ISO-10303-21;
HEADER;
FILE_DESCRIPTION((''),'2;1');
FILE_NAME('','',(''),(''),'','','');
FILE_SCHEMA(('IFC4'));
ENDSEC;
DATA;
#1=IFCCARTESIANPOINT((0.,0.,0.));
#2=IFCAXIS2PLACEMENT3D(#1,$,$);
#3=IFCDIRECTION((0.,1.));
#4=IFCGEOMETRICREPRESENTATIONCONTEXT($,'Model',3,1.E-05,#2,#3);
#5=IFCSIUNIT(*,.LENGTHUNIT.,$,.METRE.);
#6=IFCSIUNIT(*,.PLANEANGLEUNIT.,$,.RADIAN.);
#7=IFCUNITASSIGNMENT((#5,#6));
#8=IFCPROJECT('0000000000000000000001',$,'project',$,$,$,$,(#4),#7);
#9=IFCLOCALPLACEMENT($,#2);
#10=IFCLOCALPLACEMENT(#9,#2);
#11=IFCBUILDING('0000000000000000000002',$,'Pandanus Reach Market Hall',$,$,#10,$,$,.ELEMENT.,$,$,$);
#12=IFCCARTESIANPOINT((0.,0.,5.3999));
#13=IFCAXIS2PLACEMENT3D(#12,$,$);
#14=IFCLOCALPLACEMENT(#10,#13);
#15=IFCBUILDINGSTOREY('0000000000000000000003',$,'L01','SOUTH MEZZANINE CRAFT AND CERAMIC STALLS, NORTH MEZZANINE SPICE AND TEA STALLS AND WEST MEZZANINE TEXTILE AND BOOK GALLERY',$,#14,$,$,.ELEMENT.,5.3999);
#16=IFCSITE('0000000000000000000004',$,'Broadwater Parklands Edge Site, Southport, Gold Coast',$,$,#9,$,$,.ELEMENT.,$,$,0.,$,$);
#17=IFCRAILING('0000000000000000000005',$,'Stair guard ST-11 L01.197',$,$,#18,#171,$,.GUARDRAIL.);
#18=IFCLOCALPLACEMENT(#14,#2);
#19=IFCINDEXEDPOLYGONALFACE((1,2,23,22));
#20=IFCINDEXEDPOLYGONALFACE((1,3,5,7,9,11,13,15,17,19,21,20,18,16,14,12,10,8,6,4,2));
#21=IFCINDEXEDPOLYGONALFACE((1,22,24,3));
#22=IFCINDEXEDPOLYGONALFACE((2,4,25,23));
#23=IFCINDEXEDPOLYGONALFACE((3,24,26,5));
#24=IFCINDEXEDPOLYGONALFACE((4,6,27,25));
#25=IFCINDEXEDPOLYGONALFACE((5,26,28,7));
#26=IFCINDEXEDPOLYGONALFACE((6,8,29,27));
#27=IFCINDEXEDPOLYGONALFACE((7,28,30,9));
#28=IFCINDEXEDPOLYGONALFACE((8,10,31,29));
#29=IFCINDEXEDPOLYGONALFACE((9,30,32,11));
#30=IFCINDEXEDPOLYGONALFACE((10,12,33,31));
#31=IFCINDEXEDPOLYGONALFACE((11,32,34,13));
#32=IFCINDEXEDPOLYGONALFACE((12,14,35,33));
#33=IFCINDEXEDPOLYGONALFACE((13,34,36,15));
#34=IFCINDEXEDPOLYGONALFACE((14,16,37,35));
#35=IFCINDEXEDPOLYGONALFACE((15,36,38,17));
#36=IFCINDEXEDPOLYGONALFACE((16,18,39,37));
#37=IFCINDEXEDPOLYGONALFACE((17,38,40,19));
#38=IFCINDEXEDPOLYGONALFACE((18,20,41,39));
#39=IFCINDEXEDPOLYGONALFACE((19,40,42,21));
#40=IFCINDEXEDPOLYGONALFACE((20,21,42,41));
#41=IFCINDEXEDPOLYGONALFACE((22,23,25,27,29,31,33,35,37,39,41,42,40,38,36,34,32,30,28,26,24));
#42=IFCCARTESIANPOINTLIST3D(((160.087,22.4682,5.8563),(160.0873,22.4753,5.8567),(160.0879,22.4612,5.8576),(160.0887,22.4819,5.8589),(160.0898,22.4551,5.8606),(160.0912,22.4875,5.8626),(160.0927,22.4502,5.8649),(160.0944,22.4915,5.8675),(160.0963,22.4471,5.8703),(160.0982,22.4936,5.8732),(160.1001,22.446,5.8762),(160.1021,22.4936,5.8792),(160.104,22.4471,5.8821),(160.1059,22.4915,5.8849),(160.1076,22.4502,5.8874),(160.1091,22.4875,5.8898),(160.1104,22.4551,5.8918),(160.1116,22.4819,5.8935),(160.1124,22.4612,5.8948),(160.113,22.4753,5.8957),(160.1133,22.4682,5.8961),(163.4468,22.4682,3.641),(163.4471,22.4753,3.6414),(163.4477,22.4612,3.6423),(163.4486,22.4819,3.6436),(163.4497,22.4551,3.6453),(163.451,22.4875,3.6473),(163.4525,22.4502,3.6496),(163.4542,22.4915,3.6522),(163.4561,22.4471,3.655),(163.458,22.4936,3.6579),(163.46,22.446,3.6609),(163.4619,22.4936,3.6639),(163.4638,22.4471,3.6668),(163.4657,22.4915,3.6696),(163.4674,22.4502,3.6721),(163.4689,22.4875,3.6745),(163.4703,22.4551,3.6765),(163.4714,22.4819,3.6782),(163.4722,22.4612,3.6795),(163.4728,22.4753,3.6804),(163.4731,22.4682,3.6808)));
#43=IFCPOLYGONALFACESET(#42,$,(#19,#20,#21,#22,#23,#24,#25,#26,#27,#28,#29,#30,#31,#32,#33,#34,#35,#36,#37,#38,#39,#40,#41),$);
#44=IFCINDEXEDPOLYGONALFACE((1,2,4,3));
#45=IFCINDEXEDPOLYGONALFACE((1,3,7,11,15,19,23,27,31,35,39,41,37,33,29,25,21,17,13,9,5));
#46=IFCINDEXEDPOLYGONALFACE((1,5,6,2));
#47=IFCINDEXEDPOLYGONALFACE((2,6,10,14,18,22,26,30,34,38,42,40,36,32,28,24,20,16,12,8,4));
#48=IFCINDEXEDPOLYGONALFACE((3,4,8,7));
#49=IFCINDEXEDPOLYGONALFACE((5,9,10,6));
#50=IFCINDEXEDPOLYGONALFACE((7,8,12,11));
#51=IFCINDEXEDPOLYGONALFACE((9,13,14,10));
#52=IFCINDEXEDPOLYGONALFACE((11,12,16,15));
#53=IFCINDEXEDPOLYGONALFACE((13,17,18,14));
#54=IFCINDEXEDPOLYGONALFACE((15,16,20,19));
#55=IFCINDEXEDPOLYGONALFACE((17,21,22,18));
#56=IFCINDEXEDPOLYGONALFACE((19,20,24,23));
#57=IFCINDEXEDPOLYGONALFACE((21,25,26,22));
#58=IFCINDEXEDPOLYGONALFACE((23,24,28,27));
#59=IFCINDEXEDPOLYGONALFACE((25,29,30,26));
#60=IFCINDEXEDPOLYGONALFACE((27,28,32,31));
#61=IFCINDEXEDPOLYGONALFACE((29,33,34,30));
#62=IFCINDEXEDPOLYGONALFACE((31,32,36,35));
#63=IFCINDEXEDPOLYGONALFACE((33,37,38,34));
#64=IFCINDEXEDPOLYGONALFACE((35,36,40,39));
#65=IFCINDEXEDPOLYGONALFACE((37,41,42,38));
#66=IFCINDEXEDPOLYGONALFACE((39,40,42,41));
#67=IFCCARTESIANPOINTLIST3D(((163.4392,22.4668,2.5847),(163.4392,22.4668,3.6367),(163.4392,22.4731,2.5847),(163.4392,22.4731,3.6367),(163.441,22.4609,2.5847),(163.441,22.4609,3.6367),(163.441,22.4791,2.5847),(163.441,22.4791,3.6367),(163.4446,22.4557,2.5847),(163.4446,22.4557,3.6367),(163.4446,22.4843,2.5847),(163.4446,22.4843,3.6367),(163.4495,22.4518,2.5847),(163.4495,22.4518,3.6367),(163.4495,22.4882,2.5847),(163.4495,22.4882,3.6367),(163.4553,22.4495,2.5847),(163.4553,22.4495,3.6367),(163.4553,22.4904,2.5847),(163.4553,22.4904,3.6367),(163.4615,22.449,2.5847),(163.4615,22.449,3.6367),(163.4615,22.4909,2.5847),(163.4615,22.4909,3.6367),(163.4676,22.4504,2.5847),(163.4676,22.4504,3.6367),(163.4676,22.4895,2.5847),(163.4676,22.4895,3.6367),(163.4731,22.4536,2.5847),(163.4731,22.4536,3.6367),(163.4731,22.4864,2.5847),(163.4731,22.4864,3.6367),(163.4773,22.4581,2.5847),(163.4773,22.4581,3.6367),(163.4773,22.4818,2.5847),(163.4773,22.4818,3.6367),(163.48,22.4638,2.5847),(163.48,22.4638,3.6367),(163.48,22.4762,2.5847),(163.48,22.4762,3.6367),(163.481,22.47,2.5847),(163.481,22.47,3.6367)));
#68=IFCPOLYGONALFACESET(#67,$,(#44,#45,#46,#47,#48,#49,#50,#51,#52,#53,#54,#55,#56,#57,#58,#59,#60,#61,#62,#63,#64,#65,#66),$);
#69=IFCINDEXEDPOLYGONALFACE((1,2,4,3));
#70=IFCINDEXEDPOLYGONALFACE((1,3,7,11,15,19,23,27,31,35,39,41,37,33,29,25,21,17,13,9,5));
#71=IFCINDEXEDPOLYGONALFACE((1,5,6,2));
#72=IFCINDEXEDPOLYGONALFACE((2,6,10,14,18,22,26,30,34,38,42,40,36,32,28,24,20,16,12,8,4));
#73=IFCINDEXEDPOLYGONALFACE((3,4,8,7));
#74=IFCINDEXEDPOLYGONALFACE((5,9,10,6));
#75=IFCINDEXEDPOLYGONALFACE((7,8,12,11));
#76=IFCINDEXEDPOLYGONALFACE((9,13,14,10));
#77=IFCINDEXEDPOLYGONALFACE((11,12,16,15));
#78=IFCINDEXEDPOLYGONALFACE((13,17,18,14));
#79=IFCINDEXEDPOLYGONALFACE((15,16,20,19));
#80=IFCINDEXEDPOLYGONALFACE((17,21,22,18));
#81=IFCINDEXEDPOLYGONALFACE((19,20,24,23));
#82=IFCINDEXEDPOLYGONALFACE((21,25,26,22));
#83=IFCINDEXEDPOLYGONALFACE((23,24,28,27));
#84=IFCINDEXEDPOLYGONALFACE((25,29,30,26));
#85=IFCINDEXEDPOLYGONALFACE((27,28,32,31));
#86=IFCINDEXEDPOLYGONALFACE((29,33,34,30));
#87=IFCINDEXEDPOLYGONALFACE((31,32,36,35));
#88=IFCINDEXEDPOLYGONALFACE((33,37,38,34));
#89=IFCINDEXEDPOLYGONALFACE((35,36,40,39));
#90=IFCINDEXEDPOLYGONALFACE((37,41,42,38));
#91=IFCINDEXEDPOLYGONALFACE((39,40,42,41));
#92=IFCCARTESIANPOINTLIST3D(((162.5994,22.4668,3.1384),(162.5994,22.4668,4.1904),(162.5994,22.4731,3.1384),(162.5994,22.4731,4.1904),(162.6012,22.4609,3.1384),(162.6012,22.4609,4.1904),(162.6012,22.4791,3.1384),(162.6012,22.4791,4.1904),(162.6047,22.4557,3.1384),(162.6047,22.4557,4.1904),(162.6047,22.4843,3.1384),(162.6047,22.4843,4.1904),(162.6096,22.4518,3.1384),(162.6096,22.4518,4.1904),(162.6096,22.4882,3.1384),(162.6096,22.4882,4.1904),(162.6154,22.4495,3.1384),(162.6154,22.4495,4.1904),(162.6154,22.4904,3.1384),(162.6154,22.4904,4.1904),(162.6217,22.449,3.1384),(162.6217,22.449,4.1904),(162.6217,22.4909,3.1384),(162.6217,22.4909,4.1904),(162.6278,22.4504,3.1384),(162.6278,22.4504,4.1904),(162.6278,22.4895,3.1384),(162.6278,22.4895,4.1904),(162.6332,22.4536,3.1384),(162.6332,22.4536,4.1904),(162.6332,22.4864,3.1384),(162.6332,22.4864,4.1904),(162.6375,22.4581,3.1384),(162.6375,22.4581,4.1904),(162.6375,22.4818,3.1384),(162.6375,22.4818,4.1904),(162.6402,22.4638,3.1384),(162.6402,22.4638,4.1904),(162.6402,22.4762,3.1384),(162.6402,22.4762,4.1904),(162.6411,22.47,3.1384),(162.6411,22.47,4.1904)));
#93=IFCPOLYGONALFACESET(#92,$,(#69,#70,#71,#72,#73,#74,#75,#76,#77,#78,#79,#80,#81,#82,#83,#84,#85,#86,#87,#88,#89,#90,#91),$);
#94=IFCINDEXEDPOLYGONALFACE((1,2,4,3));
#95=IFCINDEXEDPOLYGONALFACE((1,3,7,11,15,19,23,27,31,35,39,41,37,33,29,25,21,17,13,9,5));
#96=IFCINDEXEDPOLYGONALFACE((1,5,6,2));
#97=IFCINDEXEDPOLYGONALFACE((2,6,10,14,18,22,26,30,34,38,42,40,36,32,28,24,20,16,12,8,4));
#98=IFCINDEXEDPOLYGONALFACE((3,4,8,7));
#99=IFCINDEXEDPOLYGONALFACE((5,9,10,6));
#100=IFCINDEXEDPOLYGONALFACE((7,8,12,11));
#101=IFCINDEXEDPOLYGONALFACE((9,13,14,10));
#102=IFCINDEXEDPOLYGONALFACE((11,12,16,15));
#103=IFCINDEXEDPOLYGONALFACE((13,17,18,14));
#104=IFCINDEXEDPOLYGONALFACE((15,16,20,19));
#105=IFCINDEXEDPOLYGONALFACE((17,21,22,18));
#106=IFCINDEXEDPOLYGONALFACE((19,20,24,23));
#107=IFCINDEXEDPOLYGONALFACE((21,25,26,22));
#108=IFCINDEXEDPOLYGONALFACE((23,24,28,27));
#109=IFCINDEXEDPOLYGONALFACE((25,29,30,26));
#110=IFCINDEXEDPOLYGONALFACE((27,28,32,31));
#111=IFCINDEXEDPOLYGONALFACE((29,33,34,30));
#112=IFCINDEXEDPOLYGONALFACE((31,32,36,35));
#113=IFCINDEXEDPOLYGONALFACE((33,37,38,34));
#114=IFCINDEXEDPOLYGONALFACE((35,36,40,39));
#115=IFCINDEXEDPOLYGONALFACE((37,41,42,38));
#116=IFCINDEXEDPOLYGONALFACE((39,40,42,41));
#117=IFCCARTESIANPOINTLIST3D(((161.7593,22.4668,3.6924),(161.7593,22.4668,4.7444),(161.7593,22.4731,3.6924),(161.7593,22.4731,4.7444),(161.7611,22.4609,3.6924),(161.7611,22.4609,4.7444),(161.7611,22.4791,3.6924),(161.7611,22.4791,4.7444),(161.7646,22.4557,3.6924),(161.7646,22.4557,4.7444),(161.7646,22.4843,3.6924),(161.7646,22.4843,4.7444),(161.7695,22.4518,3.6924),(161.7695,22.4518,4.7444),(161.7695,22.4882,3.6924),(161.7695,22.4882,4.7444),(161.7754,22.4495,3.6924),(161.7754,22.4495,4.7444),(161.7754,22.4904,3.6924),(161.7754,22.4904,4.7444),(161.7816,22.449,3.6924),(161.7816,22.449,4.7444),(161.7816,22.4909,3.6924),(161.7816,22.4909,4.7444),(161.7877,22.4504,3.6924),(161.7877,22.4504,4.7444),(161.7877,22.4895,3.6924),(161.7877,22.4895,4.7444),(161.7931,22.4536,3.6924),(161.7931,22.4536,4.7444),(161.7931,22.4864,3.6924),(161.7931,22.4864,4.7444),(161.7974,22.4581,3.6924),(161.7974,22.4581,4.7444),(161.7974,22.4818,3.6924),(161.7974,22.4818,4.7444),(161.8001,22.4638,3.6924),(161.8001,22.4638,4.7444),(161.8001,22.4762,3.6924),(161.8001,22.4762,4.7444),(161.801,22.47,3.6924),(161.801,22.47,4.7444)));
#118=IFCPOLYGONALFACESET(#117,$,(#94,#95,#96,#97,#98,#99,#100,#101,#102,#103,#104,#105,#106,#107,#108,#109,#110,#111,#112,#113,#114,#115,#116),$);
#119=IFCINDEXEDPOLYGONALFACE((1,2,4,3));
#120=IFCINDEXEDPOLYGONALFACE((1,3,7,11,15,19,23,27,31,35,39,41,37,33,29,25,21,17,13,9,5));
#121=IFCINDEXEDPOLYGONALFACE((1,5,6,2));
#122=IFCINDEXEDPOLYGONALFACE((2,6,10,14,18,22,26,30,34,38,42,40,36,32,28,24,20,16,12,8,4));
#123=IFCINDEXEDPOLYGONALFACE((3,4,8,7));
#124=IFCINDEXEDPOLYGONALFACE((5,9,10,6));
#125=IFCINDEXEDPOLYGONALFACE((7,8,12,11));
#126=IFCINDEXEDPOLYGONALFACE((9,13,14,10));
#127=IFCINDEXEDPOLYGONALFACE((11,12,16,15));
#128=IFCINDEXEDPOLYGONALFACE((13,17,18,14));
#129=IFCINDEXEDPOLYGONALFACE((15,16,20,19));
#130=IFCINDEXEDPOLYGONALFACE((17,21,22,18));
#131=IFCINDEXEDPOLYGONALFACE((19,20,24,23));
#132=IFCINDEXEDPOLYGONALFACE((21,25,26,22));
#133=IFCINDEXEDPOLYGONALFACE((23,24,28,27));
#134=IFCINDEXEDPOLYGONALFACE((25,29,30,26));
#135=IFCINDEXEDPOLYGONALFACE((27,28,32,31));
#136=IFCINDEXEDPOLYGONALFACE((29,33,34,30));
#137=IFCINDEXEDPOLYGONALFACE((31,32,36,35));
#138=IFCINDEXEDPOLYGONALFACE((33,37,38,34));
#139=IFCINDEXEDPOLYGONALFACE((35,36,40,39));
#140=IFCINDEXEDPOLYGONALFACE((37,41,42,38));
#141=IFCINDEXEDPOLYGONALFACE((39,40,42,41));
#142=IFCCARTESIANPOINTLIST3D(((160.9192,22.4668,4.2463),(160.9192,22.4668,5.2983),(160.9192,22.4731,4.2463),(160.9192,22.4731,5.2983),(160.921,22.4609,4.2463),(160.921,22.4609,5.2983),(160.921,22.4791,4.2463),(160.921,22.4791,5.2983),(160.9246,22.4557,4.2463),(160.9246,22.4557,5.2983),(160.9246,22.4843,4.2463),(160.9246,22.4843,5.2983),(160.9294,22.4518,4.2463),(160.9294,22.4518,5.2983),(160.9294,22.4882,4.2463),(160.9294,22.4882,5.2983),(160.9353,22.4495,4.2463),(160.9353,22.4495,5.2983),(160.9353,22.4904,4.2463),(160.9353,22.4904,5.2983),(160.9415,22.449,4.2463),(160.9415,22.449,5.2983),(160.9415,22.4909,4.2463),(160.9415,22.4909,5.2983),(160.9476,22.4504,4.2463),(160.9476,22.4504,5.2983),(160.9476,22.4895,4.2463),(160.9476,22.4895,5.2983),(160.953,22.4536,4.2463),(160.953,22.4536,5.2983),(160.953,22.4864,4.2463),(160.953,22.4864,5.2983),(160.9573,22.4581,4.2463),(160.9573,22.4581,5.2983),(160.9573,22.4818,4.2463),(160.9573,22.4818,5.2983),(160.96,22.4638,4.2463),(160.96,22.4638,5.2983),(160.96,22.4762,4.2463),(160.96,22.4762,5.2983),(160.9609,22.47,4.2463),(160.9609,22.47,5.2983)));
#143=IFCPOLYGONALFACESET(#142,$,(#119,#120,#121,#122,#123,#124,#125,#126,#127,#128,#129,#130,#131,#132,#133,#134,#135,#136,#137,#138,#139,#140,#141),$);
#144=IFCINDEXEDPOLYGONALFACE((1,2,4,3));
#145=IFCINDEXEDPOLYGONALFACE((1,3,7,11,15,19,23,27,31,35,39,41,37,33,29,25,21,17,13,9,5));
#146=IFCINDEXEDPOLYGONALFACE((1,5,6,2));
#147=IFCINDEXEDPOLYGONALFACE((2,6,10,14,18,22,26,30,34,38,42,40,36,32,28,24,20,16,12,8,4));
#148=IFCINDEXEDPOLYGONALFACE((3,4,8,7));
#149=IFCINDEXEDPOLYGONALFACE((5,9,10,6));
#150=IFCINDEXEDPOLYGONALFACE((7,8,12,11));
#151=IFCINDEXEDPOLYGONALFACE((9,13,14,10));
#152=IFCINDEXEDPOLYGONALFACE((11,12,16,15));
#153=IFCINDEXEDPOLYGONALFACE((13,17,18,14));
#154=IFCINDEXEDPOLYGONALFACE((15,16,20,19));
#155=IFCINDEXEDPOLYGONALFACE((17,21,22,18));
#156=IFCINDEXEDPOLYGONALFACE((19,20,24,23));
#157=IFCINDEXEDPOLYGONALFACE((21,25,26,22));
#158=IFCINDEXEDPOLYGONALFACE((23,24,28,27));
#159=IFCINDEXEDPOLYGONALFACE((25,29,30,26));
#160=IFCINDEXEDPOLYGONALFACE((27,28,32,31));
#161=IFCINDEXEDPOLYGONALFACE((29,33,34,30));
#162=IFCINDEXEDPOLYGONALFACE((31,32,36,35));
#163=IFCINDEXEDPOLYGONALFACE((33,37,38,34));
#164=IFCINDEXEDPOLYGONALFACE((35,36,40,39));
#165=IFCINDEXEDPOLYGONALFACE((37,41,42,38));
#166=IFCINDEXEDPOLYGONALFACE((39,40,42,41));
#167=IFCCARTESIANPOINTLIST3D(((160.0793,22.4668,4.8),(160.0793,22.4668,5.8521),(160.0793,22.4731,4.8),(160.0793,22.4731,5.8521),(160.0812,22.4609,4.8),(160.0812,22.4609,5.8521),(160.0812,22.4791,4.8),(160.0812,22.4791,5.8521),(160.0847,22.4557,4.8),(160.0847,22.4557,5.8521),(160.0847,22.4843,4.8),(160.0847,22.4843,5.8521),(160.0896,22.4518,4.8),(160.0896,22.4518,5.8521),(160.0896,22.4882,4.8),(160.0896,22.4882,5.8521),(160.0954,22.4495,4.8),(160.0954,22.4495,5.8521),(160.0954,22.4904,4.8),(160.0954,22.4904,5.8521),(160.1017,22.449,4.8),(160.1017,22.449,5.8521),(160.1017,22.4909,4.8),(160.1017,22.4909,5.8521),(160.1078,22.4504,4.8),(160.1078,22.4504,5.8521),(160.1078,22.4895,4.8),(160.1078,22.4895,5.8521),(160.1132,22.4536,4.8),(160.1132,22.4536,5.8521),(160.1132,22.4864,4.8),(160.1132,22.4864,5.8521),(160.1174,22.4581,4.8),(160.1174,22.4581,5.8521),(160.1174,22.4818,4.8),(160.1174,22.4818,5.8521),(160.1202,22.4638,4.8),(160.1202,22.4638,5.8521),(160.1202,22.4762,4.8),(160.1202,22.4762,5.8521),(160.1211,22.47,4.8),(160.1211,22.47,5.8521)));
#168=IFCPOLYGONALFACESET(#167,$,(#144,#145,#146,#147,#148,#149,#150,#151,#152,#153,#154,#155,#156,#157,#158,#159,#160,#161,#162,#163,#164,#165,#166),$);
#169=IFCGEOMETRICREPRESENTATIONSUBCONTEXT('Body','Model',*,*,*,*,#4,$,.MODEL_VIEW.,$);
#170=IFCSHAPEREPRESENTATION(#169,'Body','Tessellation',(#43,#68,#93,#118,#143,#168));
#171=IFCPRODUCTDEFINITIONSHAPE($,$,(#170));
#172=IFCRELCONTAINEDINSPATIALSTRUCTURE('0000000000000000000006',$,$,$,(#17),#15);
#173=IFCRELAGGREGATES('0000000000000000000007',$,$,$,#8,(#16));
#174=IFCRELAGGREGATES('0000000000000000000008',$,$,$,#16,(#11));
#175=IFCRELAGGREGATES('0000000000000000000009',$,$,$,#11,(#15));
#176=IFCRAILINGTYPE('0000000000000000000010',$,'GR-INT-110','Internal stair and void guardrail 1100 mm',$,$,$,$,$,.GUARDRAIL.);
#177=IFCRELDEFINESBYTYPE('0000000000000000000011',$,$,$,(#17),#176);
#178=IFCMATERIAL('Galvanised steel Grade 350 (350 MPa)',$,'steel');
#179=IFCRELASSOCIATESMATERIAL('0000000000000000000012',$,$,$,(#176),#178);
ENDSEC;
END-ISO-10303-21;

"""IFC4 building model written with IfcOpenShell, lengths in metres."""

from ifc_helpers import new_model, si_unit, direction, frame, origin, origin_2d, place, context, subcontext, project, spatial, circle, extrude, material, type_object, element, save


model = new_model("IFC4")

# Units and contexts
model_context = context("Model", 3, precision=1e-05, world=origin(), true_north=direction((0.0, 1.0)))
body_context = subcontext(model_context, "Body", "Model", "MODEL_VIEW")
ifc_project = project(units=[si_unit("LENGTHUNIT", "METRE"), si_unit("PLANEANGLEUNIT", "RADIAN")], contexts=[model_context])

# Site, building, storey
site_placement = place(None, origin())
site = spatial("IfcSite", under=ifc_project, at=site_placement, Name="Broadwater Parklands Edge Site, Southport, Gold Coast", CompositionType="ELEMENT", RefElevation=0.0)
building_placement = place(site_placement, origin())
building = spatial("IfcBuilding", under=site, at=building_placement, Name="Pandanus Reach Market Hall", CompositionType="ELEMENT")
storey_placement = place(building_placement, frame((0.0, 0.0, 5.3999)))
storey = spatial("IfcBuildingStorey", under=building, at=storey_placement, Name="L01", Description="SOUTH MEZZANINE CRAFT AND CERAMIC STALLS, NORTH MEZZANINE SPICE AND TEA STALLS AND WEST MEZZANINE TEXTILE AND BOOK GALLERY", CompositionType="ELEMENT", Elevation=5.3999)

# Railing
ifc_material_1 = material(Name="Galvanised steel Grade 350 (350 MPa)", Category="steel")
railing_type_1 = type_object("IfcRailingType", Name="GR-INT-110", Description="Internal stair and void guardrail 1100 mm", PredefinedType="GUARDRAIL", material=ifc_material_1)
railing_1_placement = place(storey_placement, frame((163.46, 22.47, 2.5847)))
element("IfcRailing", 1, at=railing_1_placement, inside=storey, type_object=railing_type_1, Name="Stair guard ST-11 L01.197", PredefinedType="GUARDRAIL", context=body_context, shape_type="SweptSolid", body=[
    extrude(circle(Radius=0.0239, at=origin_2d()), frame((0.0, 0.0, 1.0762), z_axis=(-0.834858, 0.0, 0.550465), x_axis=(0.0, -1.0, 0.0)), (0.0, 0.0, 1.0), 4.0244),
    extrude(circle(Radius=0.021, at=origin_2d()), origin(), (0.0, 0.0, 1.0), 1.052),
    extrude(circle(Radius=0.021, at=origin_2d()), frame((-0.8398, 0.0, 0.5537)), (0.0, 0.0, 1.0), 1.052),
    extrude(circle(Radius=0.021, at=origin_2d()), frame((-1.6799, 0.0, 1.1077)), (0.0, 0.0, 1.0), 1.052),
    extrude(circle(Radius=0.021, at=origin_2d()), frame((-2.52, 0.0, 1.6616)), (0.0, 0.0, 1.0), 1.052),
    extrude(circle(Radius=0.021, at=origin_2d()), frame((-3.3599, 0.0, 2.2153)), (0.0, 0.0, 1.0), 1.052),
])

save(model, "model.ifc")
